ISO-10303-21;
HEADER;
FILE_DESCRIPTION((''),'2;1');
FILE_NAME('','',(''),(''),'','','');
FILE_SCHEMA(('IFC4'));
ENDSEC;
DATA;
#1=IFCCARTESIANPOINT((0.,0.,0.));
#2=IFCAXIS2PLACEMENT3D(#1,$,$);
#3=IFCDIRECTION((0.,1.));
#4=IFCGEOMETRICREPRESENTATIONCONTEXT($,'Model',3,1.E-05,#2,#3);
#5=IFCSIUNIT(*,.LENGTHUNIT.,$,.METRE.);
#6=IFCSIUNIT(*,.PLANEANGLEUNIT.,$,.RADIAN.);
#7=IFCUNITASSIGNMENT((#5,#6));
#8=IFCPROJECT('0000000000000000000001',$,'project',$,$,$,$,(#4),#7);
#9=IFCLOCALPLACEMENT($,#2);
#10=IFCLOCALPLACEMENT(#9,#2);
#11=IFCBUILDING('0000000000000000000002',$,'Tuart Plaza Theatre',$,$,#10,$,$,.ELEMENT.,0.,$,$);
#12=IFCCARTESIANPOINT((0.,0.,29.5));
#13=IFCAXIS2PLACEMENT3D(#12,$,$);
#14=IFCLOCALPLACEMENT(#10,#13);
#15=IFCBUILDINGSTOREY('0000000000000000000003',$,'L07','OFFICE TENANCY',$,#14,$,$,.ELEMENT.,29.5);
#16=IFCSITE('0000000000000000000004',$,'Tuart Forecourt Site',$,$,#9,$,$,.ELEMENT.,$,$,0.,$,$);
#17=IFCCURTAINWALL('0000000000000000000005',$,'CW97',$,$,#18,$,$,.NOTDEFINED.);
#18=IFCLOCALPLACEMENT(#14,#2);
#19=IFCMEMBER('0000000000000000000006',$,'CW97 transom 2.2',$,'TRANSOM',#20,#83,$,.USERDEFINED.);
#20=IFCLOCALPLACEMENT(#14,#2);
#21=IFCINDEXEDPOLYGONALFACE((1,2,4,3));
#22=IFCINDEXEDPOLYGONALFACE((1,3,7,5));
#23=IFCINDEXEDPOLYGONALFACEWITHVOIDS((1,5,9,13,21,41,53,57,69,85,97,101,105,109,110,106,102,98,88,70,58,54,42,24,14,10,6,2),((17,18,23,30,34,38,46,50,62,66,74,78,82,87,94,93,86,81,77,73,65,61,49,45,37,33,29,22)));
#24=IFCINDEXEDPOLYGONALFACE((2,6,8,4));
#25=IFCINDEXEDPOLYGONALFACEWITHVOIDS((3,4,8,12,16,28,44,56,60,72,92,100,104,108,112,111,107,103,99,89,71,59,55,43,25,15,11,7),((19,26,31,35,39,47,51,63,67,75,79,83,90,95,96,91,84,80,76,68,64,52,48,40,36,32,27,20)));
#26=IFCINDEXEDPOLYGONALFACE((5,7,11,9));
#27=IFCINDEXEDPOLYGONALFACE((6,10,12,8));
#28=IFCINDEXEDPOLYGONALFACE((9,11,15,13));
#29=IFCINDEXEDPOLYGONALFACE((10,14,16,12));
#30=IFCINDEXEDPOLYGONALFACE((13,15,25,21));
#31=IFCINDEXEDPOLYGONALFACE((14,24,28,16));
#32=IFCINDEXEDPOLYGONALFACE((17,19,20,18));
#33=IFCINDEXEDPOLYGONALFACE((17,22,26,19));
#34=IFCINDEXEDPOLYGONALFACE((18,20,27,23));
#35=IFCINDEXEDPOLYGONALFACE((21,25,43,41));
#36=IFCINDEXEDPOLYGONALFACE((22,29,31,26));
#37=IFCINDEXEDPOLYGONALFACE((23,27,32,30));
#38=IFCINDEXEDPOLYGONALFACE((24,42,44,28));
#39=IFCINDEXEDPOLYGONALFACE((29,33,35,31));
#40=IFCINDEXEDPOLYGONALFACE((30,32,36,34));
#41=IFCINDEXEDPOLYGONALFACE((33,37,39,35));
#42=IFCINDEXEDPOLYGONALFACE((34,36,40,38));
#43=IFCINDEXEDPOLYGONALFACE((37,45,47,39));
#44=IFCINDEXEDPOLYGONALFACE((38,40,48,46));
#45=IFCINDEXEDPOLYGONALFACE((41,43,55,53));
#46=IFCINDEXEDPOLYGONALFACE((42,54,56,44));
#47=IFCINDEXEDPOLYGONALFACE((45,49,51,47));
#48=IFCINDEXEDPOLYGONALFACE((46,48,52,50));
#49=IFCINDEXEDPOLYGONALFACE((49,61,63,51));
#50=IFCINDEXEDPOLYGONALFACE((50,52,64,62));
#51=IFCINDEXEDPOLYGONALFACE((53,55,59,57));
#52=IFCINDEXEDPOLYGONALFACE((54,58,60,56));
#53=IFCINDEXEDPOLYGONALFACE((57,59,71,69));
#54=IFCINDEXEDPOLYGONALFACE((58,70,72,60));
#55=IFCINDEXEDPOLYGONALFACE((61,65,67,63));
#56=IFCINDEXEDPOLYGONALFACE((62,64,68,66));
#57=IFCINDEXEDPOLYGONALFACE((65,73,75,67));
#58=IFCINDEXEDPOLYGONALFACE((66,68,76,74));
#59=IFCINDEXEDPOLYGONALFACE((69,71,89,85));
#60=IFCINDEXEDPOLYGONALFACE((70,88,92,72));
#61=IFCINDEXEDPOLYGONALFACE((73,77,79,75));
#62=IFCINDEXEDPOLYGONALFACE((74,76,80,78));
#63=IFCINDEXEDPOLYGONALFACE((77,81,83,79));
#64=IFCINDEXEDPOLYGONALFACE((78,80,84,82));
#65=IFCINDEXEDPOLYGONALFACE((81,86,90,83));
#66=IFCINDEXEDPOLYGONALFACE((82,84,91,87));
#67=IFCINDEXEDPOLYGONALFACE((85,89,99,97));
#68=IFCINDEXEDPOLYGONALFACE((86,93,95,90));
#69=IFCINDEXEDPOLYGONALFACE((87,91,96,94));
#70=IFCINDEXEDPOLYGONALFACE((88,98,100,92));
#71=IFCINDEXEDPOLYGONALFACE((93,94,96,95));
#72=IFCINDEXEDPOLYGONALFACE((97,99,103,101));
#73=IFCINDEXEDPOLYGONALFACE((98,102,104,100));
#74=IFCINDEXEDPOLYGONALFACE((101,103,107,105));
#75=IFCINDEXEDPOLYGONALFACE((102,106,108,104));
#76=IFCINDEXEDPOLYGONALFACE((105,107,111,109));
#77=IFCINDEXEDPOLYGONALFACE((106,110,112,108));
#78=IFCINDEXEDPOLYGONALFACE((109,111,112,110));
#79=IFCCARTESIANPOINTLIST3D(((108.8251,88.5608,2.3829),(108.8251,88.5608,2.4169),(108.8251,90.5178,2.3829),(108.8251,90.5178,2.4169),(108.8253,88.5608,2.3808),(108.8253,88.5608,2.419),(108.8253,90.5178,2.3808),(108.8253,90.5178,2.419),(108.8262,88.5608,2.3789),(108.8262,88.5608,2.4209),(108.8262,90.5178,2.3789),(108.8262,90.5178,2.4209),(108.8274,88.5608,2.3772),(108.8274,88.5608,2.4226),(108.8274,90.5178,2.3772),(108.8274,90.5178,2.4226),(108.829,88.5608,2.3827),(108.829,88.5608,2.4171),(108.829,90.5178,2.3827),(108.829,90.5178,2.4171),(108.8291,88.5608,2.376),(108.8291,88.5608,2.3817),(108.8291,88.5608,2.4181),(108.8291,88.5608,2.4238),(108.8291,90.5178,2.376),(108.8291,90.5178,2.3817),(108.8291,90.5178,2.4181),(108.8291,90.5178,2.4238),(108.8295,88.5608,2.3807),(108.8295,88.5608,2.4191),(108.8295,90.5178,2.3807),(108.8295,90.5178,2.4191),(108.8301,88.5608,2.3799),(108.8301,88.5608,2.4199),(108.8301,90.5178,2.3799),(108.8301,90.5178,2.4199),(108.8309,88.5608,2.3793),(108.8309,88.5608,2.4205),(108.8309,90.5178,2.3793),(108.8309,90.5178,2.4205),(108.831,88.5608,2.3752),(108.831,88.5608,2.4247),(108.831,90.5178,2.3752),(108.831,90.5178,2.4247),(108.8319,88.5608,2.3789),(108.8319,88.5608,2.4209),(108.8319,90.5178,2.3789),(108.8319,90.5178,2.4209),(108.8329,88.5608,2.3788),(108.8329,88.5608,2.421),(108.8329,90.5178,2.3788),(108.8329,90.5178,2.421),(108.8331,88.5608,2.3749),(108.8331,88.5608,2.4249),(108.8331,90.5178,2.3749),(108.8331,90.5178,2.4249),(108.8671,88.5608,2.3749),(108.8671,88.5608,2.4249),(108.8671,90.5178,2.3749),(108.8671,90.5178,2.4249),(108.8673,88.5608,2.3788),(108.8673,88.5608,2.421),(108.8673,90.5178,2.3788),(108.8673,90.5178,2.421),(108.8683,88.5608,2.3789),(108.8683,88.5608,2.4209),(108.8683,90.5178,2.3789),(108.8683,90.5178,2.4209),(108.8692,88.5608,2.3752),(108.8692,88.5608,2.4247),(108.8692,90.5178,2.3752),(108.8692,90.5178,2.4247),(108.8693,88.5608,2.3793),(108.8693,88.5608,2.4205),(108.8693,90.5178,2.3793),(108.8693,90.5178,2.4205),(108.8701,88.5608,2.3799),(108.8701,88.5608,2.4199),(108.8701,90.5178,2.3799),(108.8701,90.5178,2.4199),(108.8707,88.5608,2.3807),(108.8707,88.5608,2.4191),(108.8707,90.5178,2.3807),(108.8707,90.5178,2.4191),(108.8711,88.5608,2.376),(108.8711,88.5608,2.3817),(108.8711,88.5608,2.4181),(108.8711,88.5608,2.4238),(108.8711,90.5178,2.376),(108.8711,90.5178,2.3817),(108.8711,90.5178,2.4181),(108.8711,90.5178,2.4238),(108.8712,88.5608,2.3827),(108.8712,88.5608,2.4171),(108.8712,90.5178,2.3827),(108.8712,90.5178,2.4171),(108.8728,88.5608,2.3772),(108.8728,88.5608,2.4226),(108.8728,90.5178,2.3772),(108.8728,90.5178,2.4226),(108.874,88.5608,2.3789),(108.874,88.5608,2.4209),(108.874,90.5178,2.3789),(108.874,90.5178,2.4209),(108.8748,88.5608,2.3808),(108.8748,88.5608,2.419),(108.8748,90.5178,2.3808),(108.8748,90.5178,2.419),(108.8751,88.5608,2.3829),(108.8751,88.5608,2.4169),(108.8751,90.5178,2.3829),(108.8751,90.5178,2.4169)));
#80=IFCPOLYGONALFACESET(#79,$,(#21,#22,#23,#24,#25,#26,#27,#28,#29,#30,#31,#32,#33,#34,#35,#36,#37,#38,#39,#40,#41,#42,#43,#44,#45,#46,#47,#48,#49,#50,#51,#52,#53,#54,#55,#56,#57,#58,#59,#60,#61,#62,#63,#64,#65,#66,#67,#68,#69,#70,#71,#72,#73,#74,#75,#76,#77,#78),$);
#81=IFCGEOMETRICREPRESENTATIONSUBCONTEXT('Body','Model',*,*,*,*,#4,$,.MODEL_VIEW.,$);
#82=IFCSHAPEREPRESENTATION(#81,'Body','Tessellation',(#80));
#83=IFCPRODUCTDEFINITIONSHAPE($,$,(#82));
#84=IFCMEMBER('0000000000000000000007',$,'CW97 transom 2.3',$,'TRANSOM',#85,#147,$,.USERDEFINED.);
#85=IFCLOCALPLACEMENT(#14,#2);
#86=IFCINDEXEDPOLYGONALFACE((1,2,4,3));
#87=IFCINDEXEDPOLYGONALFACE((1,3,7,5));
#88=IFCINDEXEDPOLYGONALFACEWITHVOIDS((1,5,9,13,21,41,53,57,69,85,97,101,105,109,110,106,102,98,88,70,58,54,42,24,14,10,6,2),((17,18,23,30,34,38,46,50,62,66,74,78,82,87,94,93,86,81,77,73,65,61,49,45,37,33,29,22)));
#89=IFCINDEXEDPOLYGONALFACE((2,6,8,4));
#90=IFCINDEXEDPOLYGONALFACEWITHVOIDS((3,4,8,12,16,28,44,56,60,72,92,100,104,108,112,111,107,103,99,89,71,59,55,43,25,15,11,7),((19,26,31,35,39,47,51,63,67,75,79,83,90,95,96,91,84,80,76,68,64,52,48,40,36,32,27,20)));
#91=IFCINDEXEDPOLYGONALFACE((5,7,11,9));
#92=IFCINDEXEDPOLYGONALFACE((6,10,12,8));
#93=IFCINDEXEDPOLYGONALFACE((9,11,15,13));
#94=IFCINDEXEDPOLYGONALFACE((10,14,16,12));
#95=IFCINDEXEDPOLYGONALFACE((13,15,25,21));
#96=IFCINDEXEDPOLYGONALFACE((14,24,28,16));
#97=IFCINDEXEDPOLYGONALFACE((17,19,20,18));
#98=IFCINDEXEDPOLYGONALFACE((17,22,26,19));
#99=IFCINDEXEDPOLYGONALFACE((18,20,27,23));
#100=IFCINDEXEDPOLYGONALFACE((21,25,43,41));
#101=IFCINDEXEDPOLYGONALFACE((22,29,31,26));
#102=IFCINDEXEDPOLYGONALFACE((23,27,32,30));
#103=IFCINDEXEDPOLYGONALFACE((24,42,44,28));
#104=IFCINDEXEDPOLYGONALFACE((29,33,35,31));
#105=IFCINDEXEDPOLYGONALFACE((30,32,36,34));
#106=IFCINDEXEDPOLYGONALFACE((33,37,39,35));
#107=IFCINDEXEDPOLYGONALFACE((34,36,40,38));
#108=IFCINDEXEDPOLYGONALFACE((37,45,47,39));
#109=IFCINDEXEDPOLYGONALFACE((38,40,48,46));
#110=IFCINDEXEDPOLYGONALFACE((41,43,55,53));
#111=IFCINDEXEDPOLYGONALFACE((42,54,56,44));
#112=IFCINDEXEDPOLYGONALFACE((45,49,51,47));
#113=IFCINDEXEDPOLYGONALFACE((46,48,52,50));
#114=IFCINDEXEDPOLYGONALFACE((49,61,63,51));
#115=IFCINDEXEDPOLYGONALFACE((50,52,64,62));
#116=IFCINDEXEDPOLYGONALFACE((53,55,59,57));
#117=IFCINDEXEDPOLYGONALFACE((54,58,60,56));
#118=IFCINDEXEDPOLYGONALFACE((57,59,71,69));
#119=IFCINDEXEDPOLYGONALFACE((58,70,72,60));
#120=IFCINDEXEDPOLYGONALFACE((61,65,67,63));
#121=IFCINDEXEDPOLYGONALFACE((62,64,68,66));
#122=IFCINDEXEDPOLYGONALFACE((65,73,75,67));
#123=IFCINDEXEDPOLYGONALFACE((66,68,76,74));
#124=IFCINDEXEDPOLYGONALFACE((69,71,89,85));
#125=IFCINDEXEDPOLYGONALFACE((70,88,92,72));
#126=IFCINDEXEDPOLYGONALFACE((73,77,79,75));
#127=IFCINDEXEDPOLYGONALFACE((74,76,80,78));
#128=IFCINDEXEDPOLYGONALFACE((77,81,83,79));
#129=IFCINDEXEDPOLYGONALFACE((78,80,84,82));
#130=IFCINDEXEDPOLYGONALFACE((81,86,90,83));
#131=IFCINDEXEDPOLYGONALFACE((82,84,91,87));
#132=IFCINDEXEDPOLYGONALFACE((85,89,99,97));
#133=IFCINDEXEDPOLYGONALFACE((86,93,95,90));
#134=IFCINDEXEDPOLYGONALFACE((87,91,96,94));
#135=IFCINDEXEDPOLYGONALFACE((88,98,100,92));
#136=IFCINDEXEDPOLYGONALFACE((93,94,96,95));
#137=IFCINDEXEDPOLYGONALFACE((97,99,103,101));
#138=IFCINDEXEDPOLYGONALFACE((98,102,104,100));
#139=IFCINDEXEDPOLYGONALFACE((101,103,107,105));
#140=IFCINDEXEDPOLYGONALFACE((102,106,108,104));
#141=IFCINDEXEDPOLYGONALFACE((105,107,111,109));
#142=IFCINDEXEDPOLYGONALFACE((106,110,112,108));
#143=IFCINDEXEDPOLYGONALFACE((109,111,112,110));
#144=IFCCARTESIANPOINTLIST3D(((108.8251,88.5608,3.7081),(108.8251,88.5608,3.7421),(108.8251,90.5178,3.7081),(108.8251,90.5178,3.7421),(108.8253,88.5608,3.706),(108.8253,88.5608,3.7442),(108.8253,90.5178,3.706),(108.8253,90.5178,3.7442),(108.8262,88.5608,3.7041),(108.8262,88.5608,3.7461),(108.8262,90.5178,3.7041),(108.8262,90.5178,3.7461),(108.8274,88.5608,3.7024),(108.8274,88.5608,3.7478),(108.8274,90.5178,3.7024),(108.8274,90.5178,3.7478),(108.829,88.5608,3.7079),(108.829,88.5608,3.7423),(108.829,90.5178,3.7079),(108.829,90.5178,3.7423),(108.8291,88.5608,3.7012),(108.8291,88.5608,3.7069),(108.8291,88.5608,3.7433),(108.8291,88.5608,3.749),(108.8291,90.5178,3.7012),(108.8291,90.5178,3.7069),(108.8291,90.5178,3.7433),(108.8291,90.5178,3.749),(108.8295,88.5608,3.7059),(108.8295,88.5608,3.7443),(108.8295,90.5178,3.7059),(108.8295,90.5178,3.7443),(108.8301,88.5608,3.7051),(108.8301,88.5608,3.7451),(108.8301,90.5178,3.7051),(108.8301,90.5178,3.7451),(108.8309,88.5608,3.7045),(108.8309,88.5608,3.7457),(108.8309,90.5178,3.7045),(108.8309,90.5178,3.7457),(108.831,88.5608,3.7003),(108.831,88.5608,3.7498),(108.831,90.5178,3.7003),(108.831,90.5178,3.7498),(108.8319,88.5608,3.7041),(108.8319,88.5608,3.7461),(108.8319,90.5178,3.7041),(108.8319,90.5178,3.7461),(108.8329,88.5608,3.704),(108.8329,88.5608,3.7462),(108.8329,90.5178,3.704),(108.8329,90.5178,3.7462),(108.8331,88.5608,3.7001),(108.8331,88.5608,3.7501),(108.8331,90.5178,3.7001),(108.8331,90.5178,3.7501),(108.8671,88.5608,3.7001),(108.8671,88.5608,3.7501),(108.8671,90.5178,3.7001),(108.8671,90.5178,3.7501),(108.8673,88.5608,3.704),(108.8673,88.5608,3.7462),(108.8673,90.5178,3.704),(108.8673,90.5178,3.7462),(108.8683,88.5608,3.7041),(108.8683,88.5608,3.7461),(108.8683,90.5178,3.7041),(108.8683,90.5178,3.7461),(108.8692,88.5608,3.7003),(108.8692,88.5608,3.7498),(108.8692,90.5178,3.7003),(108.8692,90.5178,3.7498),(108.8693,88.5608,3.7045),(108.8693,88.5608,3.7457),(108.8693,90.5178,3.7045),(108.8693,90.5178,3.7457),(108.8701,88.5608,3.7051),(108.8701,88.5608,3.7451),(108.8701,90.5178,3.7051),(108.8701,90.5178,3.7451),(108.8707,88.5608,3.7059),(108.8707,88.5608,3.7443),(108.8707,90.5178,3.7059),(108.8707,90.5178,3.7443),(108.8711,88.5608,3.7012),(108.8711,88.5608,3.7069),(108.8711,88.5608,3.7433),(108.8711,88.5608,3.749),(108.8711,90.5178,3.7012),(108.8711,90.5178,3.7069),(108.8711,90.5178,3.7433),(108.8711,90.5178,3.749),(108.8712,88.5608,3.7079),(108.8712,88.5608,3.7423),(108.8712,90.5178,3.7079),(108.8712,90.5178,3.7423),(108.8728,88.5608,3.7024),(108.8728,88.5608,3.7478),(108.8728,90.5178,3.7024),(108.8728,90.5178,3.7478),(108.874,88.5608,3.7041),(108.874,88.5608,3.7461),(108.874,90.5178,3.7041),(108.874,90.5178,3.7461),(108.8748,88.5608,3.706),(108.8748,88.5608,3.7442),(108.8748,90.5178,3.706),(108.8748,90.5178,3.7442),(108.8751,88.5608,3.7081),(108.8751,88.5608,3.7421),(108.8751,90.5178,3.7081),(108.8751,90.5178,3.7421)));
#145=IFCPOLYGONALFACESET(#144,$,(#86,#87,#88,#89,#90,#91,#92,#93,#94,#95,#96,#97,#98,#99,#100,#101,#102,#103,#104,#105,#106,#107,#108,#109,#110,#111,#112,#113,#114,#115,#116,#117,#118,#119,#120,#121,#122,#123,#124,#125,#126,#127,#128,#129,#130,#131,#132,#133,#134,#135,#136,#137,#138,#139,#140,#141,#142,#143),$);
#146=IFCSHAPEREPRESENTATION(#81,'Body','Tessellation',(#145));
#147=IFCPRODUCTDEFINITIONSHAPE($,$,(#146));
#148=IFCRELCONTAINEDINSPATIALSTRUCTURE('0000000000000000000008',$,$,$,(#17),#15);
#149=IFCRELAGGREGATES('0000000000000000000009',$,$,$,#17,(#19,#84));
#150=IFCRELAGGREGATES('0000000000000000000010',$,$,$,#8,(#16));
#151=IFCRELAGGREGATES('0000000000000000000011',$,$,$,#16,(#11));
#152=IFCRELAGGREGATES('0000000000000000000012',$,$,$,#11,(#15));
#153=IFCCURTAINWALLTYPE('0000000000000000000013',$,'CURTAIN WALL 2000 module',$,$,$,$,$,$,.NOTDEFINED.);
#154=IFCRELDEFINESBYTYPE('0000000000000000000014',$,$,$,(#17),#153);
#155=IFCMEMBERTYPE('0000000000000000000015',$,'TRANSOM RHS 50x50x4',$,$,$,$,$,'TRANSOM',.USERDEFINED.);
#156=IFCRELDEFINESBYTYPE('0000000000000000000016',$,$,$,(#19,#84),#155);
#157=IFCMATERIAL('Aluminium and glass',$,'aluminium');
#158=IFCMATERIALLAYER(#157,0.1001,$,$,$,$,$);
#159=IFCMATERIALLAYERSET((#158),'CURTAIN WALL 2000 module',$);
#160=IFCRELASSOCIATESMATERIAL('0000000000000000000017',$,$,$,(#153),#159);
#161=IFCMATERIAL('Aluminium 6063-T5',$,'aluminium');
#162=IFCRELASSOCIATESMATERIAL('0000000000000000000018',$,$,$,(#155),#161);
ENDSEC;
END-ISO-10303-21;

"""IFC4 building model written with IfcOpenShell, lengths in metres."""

from ifc_helpers import new_model, si_unit, direction, frame, origin, origin_2d, place, context, subcontext, project, spatial, hollow_rectangle, extrude, material, layer, layer_set, material_profile, profile_set, type_object, element, aggregate, save


model = new_model("IFC4")

# Units and contexts
model_context = context("Model", 3, precision=1e-05, world=origin(), true_north=direction((0.0, 1.0)))
body_context = subcontext(model_context, "Body", "Model", "MODEL_VIEW")
ifc_project = project(units=[si_unit("LENGTHUNIT", "METRE"), si_unit("PLANEANGLEUNIT", "RADIAN")], contexts=[model_context])

# Site, building, storey
site_placement = place(None, origin())
site = spatial("IfcSite", under=ifc_project, at=site_placement, Name="Tuart Forecourt Site", CompositionType="ELEMENT", RefElevation=0.0)
building_placement = place(site_placement, origin())
building = spatial("IfcBuilding", under=site, at=building_placement, Name="Tuart Plaza Theatre", CompositionType="ELEMENT", ElevationOfRefHeight=0.0)
storey_placement = place(building_placement, frame((0.0, 0.0, 29.5)))
storey = spatial("IfcBuildingStorey", under=building, at=storey_placement, Name="L07", Description="OFFICE TENANCY", CompositionType="ELEMENT", Elevation=29.5)

# Curtain wall, members
ifc_material_1 = material(Name="Aluminium and glass", Category="aluminium")
ifc_layer_1 = layer(ifc_material_1, 0.1001)
ifc_layer_set_1 = layer_set([ifc_layer_1], Name="CURTAIN WALL 2000 module")
curtain_wall_type = type_object("IfcCurtainWallType", Name="CURTAIN WALL 2000 module", PredefinedType="NOTDEFINED", material=ifc_layer_set_1)
curtain_wall_placement = place(storey_placement, origin())
curtain_wall = element("IfcCurtainWall", 1, at=curtain_wall_placement, inside=storey, type_object=curtain_wall_type, Name="CW97", PredefinedType="NOTDEFINED")
ifc_material_2 = material(Name="Aluminium 6063-T5", Category="aluminium")
ifc_material_profile_1 = material_profile(ifc_material_2, hollow_rectangle(XDim=0.05, YDim=0.05, WallThickness=0.0039, InnerFilletRadius=0.0039, OuterFilletRadius=0.0081, at=origin_2d()), Name="RHS 50x50x4")
ifc_profile_set_1 = profile_set([ifc_material_profile_1], Name="Aluminium 6063-T5")
member_type_1 = type_object("IfcMemberType", Name="TRANSOM RHS 50x50x4", ElementType="TRANSOM", PredefinedType="USERDEFINED", material=ifc_profile_set_1)
member_1_placement = place(storey_placement, frame((108.8501, 90.5178, 2.3999), z_axis=(0.0, -1.0, 0.0), x_axis=(1.0, 0.0, 0.0)))
member_1 = element("IfcMember", 2, at=member_1_placement, type_object=member_type_1, Name="CW97 transom 2.2", ObjectType="TRANSOM", PredefinedType="USERDEFINED", context=body_context, shape_type="SweptSolid", body=[
    extrude(hollow_rectangle(XDim=0.05, YDim=0.05, WallThickness=0.0039, InnerFilletRadius=0.0039, OuterFilletRadius=0.0081, at=origin_2d()), origin(), (0.0, 0.0, 1.0), 1.957),
])
member_2_placement = place(storey_placement, frame((108.8501, 90.5178, 3.7251), z_axis=(0.0, -1.0, 0.0), x_axis=(1.0, 0.0, 0.0)))
member_2 = element("IfcMember", 3, at=member_2_placement, type_object=member_type_1, Name="CW97 transom 2.3", ObjectType="TRANSOM", PredefinedType="USERDEFINED", context=body_context, shape_type="SweptSolid", body=[
    extrude(hollow_rectangle(XDim=0.05, YDim=0.05, WallThickness=0.0039, InnerFilletRadius=0.0039, OuterFilletRadius=0.0081, at=origin_2d()), origin(), (0.0, 0.0, 1.0), 1.957),
])
aggregate(curtain_wall, [member_1, member_2])

save(model, "model.ifc")
